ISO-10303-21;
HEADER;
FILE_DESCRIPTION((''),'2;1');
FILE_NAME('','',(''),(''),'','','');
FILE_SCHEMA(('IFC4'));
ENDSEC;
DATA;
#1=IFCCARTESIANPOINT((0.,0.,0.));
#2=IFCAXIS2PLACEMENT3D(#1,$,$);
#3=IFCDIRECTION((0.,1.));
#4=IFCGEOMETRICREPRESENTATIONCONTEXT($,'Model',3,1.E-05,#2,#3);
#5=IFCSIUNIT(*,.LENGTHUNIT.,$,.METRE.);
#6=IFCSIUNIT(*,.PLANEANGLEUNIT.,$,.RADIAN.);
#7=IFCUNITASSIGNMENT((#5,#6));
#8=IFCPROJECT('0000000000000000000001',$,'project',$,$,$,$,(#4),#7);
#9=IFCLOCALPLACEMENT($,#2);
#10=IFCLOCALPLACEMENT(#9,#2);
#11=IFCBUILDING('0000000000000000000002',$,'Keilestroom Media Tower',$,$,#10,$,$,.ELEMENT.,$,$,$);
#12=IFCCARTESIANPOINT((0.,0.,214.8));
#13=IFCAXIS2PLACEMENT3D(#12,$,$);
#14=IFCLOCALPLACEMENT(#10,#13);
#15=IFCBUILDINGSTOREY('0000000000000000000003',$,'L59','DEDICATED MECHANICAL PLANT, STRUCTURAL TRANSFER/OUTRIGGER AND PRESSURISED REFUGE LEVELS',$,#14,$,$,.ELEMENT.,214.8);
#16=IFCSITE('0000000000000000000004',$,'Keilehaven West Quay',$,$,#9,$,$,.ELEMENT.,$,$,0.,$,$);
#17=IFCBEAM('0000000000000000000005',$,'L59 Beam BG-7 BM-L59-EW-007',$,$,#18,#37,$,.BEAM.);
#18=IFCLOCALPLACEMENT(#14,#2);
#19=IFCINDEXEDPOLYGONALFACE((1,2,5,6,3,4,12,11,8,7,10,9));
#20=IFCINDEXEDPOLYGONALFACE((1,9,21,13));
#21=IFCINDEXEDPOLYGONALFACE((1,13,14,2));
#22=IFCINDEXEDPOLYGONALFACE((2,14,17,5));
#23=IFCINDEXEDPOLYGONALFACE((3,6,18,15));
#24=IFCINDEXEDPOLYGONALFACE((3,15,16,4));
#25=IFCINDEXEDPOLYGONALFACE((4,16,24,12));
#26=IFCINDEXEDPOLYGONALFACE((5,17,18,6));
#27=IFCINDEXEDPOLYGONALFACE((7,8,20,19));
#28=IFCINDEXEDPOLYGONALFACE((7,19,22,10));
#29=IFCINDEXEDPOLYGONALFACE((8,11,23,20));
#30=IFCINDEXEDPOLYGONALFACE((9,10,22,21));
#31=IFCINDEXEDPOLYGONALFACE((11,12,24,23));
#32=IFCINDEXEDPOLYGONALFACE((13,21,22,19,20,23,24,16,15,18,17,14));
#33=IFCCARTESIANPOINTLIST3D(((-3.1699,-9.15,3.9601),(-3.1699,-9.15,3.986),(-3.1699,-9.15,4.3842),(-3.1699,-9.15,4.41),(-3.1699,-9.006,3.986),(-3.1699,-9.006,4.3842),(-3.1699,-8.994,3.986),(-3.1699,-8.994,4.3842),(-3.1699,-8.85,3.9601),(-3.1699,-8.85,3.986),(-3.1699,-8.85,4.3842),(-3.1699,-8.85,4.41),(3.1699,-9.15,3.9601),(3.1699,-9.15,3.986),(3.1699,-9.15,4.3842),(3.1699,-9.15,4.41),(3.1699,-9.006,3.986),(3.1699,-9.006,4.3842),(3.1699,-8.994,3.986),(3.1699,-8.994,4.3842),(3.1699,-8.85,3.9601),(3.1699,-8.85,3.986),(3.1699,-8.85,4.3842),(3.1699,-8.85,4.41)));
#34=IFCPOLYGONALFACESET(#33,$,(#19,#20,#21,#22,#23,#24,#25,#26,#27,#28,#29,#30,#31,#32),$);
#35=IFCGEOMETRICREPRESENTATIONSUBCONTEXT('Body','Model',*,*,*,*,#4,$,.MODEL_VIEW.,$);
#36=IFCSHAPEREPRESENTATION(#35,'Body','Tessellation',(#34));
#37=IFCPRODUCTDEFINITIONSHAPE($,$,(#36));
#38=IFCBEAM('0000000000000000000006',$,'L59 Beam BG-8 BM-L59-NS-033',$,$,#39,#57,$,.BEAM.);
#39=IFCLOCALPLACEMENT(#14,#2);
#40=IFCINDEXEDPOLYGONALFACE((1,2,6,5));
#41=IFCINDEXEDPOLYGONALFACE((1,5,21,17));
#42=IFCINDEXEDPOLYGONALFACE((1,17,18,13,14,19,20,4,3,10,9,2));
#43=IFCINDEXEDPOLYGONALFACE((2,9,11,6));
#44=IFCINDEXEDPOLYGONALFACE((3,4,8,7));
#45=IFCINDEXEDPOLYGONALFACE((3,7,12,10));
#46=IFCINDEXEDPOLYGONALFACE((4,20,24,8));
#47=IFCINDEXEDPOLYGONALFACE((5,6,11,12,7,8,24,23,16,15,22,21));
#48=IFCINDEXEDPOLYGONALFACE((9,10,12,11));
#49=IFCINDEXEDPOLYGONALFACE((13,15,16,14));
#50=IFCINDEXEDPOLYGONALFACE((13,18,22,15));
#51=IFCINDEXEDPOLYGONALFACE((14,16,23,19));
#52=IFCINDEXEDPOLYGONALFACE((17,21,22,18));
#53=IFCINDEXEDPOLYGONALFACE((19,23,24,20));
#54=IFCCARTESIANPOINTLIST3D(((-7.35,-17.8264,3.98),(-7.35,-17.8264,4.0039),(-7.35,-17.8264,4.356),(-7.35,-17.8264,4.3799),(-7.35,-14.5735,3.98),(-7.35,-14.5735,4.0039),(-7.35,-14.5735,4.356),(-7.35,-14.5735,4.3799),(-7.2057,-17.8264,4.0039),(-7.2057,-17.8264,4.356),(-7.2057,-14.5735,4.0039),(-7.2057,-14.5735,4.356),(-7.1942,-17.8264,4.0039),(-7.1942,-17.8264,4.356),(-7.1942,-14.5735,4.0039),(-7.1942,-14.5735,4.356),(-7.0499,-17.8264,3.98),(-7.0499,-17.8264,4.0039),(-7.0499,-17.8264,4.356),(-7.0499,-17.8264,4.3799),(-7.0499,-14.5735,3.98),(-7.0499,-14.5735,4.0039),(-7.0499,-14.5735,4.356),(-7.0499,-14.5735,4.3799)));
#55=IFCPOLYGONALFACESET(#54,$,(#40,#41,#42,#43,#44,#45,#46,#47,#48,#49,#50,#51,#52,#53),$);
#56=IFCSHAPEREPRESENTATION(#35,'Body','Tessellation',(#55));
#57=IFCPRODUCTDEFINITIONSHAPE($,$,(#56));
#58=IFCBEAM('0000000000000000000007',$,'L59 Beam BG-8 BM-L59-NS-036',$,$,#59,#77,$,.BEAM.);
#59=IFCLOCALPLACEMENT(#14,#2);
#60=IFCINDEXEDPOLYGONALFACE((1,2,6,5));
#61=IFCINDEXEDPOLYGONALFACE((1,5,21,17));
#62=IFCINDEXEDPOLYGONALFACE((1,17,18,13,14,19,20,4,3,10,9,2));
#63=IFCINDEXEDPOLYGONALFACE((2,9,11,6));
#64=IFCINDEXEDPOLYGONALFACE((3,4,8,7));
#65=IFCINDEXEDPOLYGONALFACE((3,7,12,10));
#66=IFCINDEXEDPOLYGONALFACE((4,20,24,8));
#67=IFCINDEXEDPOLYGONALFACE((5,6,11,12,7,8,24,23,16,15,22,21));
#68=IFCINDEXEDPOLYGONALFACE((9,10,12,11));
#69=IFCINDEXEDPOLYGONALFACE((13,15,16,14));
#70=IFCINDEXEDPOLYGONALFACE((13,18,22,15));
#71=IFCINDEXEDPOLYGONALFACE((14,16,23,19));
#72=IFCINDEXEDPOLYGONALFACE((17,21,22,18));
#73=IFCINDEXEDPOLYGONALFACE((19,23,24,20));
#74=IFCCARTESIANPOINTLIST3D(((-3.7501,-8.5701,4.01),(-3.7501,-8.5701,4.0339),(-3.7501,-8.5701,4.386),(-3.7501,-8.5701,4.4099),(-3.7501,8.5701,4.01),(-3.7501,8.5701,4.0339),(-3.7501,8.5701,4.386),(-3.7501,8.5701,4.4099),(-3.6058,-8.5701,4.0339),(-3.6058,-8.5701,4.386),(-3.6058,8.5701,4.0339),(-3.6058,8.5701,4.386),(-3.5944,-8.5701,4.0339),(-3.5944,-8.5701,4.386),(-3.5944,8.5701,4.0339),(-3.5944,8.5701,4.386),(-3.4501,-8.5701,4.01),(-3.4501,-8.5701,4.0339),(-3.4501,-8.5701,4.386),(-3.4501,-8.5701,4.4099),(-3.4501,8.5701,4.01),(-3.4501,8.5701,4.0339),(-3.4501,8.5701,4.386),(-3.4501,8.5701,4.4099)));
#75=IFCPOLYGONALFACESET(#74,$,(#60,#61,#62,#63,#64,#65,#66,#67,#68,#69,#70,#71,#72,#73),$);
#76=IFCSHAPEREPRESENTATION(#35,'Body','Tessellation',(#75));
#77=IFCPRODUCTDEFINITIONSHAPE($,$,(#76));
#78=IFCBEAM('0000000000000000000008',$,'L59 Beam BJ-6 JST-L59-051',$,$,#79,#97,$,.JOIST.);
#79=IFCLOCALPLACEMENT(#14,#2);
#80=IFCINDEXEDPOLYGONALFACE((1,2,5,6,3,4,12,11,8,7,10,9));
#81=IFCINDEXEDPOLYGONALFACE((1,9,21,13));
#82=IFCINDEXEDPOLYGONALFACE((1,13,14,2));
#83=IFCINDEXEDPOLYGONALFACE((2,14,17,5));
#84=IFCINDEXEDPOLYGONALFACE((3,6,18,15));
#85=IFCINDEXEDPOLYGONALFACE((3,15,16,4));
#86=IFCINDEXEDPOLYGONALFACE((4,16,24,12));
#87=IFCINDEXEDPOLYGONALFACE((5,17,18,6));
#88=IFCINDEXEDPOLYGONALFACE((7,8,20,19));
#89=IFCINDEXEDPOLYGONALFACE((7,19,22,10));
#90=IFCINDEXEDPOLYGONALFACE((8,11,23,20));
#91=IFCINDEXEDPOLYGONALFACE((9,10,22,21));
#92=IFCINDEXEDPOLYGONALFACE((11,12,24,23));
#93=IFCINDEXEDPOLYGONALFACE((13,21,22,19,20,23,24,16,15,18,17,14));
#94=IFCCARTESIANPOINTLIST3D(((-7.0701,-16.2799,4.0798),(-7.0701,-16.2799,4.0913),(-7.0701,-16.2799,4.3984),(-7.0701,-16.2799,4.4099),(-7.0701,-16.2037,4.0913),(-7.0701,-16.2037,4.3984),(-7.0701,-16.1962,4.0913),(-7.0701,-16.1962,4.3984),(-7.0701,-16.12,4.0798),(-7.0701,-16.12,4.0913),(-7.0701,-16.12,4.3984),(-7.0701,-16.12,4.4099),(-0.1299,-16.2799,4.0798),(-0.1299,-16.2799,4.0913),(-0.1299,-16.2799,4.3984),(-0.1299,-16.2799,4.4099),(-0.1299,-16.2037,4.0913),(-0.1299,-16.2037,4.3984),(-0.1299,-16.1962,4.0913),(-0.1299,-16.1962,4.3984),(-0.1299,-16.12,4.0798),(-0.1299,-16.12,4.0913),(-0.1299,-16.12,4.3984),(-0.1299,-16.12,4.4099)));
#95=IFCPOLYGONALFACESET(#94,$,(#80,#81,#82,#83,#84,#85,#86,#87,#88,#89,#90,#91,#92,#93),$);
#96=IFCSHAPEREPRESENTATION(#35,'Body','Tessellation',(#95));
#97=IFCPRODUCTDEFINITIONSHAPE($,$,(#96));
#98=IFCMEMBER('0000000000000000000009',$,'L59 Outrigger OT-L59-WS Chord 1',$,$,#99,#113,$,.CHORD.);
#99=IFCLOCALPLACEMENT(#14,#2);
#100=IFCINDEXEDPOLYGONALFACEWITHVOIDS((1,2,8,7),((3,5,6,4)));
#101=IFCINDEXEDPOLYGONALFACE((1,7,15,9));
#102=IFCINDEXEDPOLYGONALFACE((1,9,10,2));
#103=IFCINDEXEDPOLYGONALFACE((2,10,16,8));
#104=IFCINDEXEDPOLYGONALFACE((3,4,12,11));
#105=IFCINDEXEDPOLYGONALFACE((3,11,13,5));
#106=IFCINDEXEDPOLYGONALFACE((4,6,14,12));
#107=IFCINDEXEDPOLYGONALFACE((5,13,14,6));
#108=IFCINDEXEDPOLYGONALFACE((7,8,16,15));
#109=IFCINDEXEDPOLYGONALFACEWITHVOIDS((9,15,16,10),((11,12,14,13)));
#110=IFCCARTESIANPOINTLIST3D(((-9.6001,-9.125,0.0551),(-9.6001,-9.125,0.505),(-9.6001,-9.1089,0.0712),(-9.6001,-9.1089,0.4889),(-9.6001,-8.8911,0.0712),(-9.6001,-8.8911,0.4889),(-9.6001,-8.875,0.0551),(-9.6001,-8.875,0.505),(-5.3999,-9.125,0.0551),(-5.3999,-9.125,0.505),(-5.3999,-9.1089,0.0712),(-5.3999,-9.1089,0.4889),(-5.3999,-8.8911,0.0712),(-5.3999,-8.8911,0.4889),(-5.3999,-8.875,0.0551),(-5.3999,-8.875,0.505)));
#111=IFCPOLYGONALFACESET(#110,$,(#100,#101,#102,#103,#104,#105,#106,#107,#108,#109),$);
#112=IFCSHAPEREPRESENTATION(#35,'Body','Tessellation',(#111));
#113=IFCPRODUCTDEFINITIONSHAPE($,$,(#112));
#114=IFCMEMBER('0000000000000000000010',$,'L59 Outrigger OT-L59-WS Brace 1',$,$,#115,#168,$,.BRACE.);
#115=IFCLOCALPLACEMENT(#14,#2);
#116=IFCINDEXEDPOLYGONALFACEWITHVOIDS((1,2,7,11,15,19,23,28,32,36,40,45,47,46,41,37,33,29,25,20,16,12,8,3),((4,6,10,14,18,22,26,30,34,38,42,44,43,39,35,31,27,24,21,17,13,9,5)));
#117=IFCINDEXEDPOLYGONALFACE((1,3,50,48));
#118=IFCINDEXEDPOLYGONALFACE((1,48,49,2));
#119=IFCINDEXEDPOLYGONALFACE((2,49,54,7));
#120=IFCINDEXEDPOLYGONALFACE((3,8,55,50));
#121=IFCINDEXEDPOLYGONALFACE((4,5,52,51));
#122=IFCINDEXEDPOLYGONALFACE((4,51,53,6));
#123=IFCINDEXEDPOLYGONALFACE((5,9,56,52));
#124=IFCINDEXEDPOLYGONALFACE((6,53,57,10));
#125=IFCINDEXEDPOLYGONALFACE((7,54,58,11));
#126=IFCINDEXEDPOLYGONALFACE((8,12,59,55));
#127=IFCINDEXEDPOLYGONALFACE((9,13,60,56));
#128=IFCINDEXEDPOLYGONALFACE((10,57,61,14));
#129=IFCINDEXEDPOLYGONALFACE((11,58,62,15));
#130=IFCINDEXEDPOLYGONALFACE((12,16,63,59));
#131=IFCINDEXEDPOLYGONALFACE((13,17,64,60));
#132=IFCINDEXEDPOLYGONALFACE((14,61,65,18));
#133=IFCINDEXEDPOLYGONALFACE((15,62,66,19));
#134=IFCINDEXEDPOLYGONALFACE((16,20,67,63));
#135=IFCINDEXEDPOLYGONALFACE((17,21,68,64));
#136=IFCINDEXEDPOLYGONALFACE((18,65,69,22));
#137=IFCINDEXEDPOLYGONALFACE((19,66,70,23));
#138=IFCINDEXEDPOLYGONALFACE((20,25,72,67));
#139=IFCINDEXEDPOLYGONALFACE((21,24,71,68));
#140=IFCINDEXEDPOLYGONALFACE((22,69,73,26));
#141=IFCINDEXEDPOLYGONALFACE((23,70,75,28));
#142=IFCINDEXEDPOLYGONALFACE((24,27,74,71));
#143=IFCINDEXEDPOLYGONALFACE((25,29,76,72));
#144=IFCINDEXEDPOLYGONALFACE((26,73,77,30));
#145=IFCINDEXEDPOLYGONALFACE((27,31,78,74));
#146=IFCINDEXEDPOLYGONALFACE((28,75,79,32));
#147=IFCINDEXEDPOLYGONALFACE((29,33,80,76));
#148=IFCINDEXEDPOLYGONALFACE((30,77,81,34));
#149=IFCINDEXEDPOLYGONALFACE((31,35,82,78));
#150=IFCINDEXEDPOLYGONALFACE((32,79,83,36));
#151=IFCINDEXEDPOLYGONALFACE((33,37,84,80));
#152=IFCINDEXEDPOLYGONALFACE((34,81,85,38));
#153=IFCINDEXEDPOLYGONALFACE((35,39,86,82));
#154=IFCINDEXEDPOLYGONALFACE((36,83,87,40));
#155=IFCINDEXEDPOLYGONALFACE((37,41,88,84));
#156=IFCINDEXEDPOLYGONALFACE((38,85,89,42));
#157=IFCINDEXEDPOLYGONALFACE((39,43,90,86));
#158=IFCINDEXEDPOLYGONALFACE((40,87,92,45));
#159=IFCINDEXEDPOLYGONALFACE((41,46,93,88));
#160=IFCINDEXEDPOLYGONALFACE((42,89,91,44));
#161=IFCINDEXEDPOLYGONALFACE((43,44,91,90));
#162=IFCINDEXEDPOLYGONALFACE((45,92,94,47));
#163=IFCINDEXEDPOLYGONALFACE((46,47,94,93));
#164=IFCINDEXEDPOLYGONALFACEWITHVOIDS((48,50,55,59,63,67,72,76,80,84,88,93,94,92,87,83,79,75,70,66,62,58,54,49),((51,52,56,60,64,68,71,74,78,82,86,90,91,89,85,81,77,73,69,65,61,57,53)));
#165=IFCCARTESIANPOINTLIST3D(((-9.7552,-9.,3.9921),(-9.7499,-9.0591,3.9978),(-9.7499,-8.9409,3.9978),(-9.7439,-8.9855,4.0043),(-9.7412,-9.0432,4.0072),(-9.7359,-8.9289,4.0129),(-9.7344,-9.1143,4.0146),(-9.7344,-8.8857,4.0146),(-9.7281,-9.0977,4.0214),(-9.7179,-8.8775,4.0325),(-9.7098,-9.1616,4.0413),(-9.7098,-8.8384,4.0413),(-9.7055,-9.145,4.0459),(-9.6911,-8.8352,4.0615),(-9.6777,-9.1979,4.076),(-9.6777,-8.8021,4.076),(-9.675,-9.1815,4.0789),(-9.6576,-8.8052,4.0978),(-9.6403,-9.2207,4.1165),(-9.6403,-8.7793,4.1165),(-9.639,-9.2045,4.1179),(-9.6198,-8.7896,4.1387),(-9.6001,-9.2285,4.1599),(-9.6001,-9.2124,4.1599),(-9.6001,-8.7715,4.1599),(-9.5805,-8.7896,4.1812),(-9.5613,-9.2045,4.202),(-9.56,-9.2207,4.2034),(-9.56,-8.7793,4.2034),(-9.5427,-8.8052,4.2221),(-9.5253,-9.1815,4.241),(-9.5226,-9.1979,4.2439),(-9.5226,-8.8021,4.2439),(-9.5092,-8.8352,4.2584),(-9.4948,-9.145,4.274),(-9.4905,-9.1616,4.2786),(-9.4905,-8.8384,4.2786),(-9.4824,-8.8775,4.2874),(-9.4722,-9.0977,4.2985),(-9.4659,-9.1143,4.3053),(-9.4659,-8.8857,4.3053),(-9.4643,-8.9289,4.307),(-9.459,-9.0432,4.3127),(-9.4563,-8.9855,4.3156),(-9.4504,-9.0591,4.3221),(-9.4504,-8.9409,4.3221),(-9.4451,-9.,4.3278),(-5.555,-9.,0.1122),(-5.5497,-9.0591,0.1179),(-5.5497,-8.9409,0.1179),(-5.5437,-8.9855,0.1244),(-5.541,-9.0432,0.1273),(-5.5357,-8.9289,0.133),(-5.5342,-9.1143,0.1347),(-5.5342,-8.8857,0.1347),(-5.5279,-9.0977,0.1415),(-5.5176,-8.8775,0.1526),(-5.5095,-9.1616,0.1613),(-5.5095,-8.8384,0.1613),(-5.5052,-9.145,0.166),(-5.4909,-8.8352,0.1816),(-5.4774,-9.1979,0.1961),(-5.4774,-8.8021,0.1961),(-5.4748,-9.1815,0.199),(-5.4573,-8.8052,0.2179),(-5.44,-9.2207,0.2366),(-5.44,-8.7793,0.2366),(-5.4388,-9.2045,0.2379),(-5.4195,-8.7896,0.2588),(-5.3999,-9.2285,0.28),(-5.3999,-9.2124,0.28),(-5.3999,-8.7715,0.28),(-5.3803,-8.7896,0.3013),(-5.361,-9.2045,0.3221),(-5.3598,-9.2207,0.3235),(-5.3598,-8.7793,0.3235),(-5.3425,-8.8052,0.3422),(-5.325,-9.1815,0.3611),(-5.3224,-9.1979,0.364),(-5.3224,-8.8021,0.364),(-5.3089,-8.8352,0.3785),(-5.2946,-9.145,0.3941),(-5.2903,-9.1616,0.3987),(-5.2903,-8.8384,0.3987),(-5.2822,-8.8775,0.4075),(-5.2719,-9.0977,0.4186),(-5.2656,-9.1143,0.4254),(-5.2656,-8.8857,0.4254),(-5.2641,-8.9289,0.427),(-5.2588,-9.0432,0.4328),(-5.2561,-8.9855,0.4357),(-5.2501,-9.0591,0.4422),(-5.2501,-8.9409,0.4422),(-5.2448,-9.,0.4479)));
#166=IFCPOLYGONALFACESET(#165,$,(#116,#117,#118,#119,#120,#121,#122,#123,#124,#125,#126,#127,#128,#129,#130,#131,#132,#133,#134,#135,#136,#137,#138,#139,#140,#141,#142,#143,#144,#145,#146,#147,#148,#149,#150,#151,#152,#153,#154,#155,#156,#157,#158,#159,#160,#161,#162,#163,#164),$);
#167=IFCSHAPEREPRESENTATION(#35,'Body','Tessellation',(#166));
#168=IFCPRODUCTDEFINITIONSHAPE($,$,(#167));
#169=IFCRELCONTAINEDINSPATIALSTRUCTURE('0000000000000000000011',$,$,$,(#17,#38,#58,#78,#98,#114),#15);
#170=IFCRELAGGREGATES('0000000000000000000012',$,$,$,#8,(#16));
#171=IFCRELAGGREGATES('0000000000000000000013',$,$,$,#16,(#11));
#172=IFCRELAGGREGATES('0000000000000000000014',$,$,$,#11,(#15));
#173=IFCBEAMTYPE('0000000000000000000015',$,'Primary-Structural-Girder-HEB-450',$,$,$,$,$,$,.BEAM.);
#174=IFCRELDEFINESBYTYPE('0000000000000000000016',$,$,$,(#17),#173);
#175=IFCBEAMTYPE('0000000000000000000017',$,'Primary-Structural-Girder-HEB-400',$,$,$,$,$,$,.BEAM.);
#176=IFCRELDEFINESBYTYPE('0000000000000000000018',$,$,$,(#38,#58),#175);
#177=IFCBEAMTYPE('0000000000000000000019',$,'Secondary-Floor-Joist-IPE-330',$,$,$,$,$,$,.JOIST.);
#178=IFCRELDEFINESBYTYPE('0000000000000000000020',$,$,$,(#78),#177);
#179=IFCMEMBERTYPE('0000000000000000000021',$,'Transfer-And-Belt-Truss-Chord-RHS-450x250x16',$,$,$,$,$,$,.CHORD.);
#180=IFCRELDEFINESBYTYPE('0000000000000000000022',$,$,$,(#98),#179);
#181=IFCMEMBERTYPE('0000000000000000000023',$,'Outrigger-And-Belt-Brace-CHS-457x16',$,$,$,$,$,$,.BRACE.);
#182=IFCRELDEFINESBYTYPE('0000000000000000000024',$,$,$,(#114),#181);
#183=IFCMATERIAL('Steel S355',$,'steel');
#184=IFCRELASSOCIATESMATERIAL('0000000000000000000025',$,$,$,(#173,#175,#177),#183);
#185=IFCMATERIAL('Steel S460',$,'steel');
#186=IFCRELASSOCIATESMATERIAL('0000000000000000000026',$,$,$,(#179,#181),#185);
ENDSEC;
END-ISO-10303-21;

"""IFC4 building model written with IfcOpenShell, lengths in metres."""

from ifc_helpers import new_model, si_unit, direction, frame, origin, origin_2d, place, context, subcontext, project, spatial, hollow_rectangle, hollow_circle, i_section, extrude, source, transform, mapped, material, material_profile, profile_set, type_object, element, save


model = new_model("IFC4")

# Units and contexts
model_context = context("Model", 3, precision=1e-05, world=origin(), true_north=direction((0.0, 1.0)))
body_context = subcontext(model_context, "Body", "Model", "MODEL_VIEW")
ifc_project = project(units=[si_unit("LENGTHUNIT", "METRE"), si_unit("PLANEANGLEUNIT", "RADIAN")], contexts=[model_context])

# Site, building, storey
site_placement = place(None, origin())
site = spatial("IfcSite", under=ifc_project, at=site_placement, Name="Keilehaven West Quay", CompositionType="ELEMENT", RefElevation=0.0)
building_placement = place(site_placement, origin())
building = spatial("IfcBuilding", under=site, at=building_placement, Name="Keilestroom Media Tower", CompositionType="ELEMENT")
storey_placement = place(building_placement, frame((0.0, 0.0, 214.8)))
storey = spatial("IfcBuildingStorey", under=building, at=storey_placement, Name="L59", Description="DEDICATED MECHANICAL PLANT, STRUCTURAL TRANSFER/OUTRIGGER AND PRESSURISED REFUGE LEVELS", CompositionType="ELEMENT", Elevation=214.8)

# Shared definitions
ifc_material_1 = material(Name="Steel S355", Category="steel")

# Beams
ifc_material_profile_1 = material_profile(ifc_material_1, i_section(OverallWidth=0.3, OverallDepth=0.45, WebThickness=0.012, FlangeThickness=0.0259, at=origin_2d()), Name="HEB 450")
ifc_profile_set_1 = profile_set([ifc_material_profile_1], Name="Steel S355")
beam_type_1 = type_object("IfcBeamType", Name="Primary-Structural-Girder-HEB-450", PredefinedType="BEAM", material=ifc_profile_set_1)
shared_shape_1 = source(origin(), body_context, "Body", "SweptSolid", [
    extrude(i_section(OverallWidth=0.3, OverallDepth=0.45, WebThickness=0.012, FlangeThickness=0.0259, at=origin_2d()), origin(), (0.0, 0.0, 1.0), 6.3398),
])
beam_1_placement = place(storey_placement, frame((-3.1699, -9.0, 4.1851), z_axis=(1.0, 0.0, 0.0), x_axis=(0.0, 1.0, 0.0)))
element("IfcBeam", 1, at=beam_1_placement, inside=storey, type_object=beam_type_1, Name="L59 Beam BG-7 BM-L59-EW-007", PredefinedType="BEAM", context=body_context, shape_type="MappedRepresentation", body=[
    mapped(shared_shape_1, transform((0.0, 0.0, 0.0), x_axis=(1.0, 0.0, 0.0), y_axis=(0.0, 1.0, 0.0), z_axis=(0.0, 0.0, 1.0), scale=1.0)),
])
ifc_material_profile_2 = material_profile(ifc_material_1, i_section(OverallWidth=0.3, OverallDepth=0.3999, WebThickness=0.0115, FlangeThickness=0.0239, at=origin_2d()), Name="HEB 400")
ifc_profile_set_2 = profile_set([ifc_material_profile_2], Name="Steel S355")
beam_type_2 = type_object("IfcBeamType", Name="Primary-Structural-Girder-HEB-400", PredefinedType="BEAM", material=ifc_profile_set_2)
shared_shape_2 = source(origin(), body_context, "Body", "SweptSolid", [
    extrude(i_section(OverallWidth=0.3, OverallDepth=0.3999, WebThickness=0.0115, FlangeThickness=0.0239, at=origin_2d()), origin(), (0.0, 0.0, 1.0), 3.2529),
])
beam_2_placement = place(storey_placement, frame((-7.2, -17.8264, 4.1799), z_axis=(0.0, 1.0, 0.0), x_axis=(-1.0, 0.0, 0.0)))
element("IfcBeam", 2, at=beam_2_placement, inside=storey, type_object=beam_type_2, Name="L59 Beam BG-8 BM-L59-NS-033", PredefinedType="BEAM", context=body_context, shape_type="MappedRepresentation", body=[
    mapped(shared_shape_2, transform((0.0, 0.0, 0.0), x_axis=(1.0, 0.0, 0.0), y_axis=(0.0, 1.0, 0.0), z_axis=(0.0, 0.0, 1.0), scale=1.0)),
])
shared_shape_3 = source(origin(), body_context, "Body", "SweptSolid", [
    extrude(i_section(OverallWidth=0.3, OverallDepth=0.3999, WebThickness=0.0115, FlangeThickness=0.0239, at=origin_2d()), origin(), (0.0, 0.0, 1.0), 17.1401),
])
beam_3_placement = place(storey_placement, frame((-3.6001, -8.5701, 4.21), z_axis=(0.0, 1.0, 0.0), x_axis=(-1.0, 0.0, 0.0)))
element("IfcBeam", 3, at=beam_3_placement, inside=storey, type_object=beam_type_2, Name="L59 Beam BG-8 BM-L59-NS-036", PredefinedType="BEAM", context=body_context, shape_type="MappedRepresentation", body=[
    mapped(shared_shape_3, transform((0.0, 0.0, 0.0), x_axis=(1.0, 0.0, 0.0), y_axis=(0.0, 1.0, 0.0), z_axis=(0.0, 0.0, 1.0), scale=1.0)),
])
ifc_material_profile_3 = material_profile(ifc_material_1, i_section(OverallWidth=0.1599, OverallDepth=0.3301, WebThickness=0.0076, FlangeThickness=0.0115, at=origin_2d()), Name="IPE 330")
ifc_profile_set_3 = profile_set([ifc_material_profile_3], Name="Steel S355")
beam_type_3 = type_object("IfcBeamType", Name="Secondary-Floor-Joist-IPE-330", PredefinedType="JOIST", material=ifc_profile_set_3)
shared_shape_4 = source(origin(), body_context, "Body", "SweptSolid", [
    extrude(i_section(OverallWidth=0.1599, OverallDepth=0.3301, WebThickness=0.0076, FlangeThickness=0.0115, at=origin_2d()), origin(), (0.0, 0.0, 1.0), 6.9402),
])
beam_4_placement = place(storey_placement, frame((-7.0701, -16.2, 4.2449), z_axis=(1.0, 0.0, 0.0), x_axis=(0.0, 1.0, 0.0)))
element("IfcBeam", 4, at=beam_4_placement, inside=storey, type_object=beam_type_3, Name="L59 Beam BJ-6 JST-L59-051", PredefinedType="JOIST", context=body_context, shape_type="MappedRepresentation", body=[
    mapped(shared_shape_4, transform((0.0, 0.0, 0.0), x_axis=(1.0, 0.0, 0.0), y_axis=(0.0, 1.0, 0.0), z_axis=(0.0, 0.0, 1.0), scale=1.0)),
])

# Members
ifc_material_2 = material(Name="Steel S460", Category="steel")
ifc_material_profile_4 = material_profile(ifc_material_2, hollow_rectangle(XDim=0.25, YDim=0.45, WallThickness=0.0161, at=origin_2d()), Name="RHS 450x250x16")
ifc_profile_set_4 = profile_set([ifc_material_profile_4], Name="Steel S460")
member_type_1 = type_object("IfcMemberType", Name="Transfer-And-Belt-Truss-Chord-RHS-450x250x16", PredefinedType="CHORD", material=ifc_profile_set_4)
shared_shape_5 = source(origin(), body_context, "Body", "SweptSolid", [
    extrude(hollow_rectangle(XDim=0.25, YDim=0.45, WallThickness=0.0161, at=origin_2d()), origin(), (0.0, 0.0, 1.0), 4.2002),
])
member_1_placement = place(storey_placement, frame((-5.3999, -9.0, 0.28), z_axis=(-1.0, 0.0, 0.0), x_axis=(0.0, -1.0, 0.0)))
element("IfcMember", 5, at=member_1_placement, inside=storey, type_object=member_type_1, Name="L59 Outrigger OT-L59-WS Chord 1", PredefinedType="CHORD", context=body_context, shape_type="MappedRepresentation", body=[
    mapped(shared_shape_5, transform((0.0, 0.0, 0.0), x_axis=(1.0, 0.0, 0.0), y_axis=(0.0, 1.0, 0.0), z_axis=(0.0, 0.0, 1.0), scale=1.0)),
])
ifc_material_profile_5 = material_profile(ifc_material_2, hollow_circle(Radius=0.2285, WallThickness=0.0161, at=origin_2d()), Name="CHS 457x16")
ifc_profile_set_5 = profile_set([ifc_material_profile_5], Name="Steel S460")
member_type_2 = type_object("IfcMemberType", Name="Outrigger-And-Belt-Brace-CHS-457x16", PredefinedType="BRACE", material=ifc_profile_set_5)
shared_shape_6 = source(origin(), body_context, "Body", "SweptSolid", [
    extrude(hollow_circle(Radius=0.2285, WallThickness=0.0161, at=origin_2d()), origin(), (0.0, 0.0, 1.0), 5.718),
])
member_2_placement = place(storey_placement, frame((-5.3999, -9.0, 0.28), z_axis=(-0.734561, 0.0, 0.678543), x_axis=(0.0, -1.0, 0.0)))
element("IfcMember", 6, at=member_2_placement, inside=storey, type_object=member_type_2, Name="L59 Outrigger OT-L59-WS Brace 1", PredefinedType="BRACE", context=body_context, shape_type="MappedRepresentation", body=[
    mapped(shared_shape_6, transform((0.0, 0.0, 0.0), x_axis=(1.0, 0.0, 0.0), y_axis=(0.0, 1.0, 0.0), z_axis=(0.0, 0.0, 1.0), scale=1.0)),
])

save(model, "model.ifc")
